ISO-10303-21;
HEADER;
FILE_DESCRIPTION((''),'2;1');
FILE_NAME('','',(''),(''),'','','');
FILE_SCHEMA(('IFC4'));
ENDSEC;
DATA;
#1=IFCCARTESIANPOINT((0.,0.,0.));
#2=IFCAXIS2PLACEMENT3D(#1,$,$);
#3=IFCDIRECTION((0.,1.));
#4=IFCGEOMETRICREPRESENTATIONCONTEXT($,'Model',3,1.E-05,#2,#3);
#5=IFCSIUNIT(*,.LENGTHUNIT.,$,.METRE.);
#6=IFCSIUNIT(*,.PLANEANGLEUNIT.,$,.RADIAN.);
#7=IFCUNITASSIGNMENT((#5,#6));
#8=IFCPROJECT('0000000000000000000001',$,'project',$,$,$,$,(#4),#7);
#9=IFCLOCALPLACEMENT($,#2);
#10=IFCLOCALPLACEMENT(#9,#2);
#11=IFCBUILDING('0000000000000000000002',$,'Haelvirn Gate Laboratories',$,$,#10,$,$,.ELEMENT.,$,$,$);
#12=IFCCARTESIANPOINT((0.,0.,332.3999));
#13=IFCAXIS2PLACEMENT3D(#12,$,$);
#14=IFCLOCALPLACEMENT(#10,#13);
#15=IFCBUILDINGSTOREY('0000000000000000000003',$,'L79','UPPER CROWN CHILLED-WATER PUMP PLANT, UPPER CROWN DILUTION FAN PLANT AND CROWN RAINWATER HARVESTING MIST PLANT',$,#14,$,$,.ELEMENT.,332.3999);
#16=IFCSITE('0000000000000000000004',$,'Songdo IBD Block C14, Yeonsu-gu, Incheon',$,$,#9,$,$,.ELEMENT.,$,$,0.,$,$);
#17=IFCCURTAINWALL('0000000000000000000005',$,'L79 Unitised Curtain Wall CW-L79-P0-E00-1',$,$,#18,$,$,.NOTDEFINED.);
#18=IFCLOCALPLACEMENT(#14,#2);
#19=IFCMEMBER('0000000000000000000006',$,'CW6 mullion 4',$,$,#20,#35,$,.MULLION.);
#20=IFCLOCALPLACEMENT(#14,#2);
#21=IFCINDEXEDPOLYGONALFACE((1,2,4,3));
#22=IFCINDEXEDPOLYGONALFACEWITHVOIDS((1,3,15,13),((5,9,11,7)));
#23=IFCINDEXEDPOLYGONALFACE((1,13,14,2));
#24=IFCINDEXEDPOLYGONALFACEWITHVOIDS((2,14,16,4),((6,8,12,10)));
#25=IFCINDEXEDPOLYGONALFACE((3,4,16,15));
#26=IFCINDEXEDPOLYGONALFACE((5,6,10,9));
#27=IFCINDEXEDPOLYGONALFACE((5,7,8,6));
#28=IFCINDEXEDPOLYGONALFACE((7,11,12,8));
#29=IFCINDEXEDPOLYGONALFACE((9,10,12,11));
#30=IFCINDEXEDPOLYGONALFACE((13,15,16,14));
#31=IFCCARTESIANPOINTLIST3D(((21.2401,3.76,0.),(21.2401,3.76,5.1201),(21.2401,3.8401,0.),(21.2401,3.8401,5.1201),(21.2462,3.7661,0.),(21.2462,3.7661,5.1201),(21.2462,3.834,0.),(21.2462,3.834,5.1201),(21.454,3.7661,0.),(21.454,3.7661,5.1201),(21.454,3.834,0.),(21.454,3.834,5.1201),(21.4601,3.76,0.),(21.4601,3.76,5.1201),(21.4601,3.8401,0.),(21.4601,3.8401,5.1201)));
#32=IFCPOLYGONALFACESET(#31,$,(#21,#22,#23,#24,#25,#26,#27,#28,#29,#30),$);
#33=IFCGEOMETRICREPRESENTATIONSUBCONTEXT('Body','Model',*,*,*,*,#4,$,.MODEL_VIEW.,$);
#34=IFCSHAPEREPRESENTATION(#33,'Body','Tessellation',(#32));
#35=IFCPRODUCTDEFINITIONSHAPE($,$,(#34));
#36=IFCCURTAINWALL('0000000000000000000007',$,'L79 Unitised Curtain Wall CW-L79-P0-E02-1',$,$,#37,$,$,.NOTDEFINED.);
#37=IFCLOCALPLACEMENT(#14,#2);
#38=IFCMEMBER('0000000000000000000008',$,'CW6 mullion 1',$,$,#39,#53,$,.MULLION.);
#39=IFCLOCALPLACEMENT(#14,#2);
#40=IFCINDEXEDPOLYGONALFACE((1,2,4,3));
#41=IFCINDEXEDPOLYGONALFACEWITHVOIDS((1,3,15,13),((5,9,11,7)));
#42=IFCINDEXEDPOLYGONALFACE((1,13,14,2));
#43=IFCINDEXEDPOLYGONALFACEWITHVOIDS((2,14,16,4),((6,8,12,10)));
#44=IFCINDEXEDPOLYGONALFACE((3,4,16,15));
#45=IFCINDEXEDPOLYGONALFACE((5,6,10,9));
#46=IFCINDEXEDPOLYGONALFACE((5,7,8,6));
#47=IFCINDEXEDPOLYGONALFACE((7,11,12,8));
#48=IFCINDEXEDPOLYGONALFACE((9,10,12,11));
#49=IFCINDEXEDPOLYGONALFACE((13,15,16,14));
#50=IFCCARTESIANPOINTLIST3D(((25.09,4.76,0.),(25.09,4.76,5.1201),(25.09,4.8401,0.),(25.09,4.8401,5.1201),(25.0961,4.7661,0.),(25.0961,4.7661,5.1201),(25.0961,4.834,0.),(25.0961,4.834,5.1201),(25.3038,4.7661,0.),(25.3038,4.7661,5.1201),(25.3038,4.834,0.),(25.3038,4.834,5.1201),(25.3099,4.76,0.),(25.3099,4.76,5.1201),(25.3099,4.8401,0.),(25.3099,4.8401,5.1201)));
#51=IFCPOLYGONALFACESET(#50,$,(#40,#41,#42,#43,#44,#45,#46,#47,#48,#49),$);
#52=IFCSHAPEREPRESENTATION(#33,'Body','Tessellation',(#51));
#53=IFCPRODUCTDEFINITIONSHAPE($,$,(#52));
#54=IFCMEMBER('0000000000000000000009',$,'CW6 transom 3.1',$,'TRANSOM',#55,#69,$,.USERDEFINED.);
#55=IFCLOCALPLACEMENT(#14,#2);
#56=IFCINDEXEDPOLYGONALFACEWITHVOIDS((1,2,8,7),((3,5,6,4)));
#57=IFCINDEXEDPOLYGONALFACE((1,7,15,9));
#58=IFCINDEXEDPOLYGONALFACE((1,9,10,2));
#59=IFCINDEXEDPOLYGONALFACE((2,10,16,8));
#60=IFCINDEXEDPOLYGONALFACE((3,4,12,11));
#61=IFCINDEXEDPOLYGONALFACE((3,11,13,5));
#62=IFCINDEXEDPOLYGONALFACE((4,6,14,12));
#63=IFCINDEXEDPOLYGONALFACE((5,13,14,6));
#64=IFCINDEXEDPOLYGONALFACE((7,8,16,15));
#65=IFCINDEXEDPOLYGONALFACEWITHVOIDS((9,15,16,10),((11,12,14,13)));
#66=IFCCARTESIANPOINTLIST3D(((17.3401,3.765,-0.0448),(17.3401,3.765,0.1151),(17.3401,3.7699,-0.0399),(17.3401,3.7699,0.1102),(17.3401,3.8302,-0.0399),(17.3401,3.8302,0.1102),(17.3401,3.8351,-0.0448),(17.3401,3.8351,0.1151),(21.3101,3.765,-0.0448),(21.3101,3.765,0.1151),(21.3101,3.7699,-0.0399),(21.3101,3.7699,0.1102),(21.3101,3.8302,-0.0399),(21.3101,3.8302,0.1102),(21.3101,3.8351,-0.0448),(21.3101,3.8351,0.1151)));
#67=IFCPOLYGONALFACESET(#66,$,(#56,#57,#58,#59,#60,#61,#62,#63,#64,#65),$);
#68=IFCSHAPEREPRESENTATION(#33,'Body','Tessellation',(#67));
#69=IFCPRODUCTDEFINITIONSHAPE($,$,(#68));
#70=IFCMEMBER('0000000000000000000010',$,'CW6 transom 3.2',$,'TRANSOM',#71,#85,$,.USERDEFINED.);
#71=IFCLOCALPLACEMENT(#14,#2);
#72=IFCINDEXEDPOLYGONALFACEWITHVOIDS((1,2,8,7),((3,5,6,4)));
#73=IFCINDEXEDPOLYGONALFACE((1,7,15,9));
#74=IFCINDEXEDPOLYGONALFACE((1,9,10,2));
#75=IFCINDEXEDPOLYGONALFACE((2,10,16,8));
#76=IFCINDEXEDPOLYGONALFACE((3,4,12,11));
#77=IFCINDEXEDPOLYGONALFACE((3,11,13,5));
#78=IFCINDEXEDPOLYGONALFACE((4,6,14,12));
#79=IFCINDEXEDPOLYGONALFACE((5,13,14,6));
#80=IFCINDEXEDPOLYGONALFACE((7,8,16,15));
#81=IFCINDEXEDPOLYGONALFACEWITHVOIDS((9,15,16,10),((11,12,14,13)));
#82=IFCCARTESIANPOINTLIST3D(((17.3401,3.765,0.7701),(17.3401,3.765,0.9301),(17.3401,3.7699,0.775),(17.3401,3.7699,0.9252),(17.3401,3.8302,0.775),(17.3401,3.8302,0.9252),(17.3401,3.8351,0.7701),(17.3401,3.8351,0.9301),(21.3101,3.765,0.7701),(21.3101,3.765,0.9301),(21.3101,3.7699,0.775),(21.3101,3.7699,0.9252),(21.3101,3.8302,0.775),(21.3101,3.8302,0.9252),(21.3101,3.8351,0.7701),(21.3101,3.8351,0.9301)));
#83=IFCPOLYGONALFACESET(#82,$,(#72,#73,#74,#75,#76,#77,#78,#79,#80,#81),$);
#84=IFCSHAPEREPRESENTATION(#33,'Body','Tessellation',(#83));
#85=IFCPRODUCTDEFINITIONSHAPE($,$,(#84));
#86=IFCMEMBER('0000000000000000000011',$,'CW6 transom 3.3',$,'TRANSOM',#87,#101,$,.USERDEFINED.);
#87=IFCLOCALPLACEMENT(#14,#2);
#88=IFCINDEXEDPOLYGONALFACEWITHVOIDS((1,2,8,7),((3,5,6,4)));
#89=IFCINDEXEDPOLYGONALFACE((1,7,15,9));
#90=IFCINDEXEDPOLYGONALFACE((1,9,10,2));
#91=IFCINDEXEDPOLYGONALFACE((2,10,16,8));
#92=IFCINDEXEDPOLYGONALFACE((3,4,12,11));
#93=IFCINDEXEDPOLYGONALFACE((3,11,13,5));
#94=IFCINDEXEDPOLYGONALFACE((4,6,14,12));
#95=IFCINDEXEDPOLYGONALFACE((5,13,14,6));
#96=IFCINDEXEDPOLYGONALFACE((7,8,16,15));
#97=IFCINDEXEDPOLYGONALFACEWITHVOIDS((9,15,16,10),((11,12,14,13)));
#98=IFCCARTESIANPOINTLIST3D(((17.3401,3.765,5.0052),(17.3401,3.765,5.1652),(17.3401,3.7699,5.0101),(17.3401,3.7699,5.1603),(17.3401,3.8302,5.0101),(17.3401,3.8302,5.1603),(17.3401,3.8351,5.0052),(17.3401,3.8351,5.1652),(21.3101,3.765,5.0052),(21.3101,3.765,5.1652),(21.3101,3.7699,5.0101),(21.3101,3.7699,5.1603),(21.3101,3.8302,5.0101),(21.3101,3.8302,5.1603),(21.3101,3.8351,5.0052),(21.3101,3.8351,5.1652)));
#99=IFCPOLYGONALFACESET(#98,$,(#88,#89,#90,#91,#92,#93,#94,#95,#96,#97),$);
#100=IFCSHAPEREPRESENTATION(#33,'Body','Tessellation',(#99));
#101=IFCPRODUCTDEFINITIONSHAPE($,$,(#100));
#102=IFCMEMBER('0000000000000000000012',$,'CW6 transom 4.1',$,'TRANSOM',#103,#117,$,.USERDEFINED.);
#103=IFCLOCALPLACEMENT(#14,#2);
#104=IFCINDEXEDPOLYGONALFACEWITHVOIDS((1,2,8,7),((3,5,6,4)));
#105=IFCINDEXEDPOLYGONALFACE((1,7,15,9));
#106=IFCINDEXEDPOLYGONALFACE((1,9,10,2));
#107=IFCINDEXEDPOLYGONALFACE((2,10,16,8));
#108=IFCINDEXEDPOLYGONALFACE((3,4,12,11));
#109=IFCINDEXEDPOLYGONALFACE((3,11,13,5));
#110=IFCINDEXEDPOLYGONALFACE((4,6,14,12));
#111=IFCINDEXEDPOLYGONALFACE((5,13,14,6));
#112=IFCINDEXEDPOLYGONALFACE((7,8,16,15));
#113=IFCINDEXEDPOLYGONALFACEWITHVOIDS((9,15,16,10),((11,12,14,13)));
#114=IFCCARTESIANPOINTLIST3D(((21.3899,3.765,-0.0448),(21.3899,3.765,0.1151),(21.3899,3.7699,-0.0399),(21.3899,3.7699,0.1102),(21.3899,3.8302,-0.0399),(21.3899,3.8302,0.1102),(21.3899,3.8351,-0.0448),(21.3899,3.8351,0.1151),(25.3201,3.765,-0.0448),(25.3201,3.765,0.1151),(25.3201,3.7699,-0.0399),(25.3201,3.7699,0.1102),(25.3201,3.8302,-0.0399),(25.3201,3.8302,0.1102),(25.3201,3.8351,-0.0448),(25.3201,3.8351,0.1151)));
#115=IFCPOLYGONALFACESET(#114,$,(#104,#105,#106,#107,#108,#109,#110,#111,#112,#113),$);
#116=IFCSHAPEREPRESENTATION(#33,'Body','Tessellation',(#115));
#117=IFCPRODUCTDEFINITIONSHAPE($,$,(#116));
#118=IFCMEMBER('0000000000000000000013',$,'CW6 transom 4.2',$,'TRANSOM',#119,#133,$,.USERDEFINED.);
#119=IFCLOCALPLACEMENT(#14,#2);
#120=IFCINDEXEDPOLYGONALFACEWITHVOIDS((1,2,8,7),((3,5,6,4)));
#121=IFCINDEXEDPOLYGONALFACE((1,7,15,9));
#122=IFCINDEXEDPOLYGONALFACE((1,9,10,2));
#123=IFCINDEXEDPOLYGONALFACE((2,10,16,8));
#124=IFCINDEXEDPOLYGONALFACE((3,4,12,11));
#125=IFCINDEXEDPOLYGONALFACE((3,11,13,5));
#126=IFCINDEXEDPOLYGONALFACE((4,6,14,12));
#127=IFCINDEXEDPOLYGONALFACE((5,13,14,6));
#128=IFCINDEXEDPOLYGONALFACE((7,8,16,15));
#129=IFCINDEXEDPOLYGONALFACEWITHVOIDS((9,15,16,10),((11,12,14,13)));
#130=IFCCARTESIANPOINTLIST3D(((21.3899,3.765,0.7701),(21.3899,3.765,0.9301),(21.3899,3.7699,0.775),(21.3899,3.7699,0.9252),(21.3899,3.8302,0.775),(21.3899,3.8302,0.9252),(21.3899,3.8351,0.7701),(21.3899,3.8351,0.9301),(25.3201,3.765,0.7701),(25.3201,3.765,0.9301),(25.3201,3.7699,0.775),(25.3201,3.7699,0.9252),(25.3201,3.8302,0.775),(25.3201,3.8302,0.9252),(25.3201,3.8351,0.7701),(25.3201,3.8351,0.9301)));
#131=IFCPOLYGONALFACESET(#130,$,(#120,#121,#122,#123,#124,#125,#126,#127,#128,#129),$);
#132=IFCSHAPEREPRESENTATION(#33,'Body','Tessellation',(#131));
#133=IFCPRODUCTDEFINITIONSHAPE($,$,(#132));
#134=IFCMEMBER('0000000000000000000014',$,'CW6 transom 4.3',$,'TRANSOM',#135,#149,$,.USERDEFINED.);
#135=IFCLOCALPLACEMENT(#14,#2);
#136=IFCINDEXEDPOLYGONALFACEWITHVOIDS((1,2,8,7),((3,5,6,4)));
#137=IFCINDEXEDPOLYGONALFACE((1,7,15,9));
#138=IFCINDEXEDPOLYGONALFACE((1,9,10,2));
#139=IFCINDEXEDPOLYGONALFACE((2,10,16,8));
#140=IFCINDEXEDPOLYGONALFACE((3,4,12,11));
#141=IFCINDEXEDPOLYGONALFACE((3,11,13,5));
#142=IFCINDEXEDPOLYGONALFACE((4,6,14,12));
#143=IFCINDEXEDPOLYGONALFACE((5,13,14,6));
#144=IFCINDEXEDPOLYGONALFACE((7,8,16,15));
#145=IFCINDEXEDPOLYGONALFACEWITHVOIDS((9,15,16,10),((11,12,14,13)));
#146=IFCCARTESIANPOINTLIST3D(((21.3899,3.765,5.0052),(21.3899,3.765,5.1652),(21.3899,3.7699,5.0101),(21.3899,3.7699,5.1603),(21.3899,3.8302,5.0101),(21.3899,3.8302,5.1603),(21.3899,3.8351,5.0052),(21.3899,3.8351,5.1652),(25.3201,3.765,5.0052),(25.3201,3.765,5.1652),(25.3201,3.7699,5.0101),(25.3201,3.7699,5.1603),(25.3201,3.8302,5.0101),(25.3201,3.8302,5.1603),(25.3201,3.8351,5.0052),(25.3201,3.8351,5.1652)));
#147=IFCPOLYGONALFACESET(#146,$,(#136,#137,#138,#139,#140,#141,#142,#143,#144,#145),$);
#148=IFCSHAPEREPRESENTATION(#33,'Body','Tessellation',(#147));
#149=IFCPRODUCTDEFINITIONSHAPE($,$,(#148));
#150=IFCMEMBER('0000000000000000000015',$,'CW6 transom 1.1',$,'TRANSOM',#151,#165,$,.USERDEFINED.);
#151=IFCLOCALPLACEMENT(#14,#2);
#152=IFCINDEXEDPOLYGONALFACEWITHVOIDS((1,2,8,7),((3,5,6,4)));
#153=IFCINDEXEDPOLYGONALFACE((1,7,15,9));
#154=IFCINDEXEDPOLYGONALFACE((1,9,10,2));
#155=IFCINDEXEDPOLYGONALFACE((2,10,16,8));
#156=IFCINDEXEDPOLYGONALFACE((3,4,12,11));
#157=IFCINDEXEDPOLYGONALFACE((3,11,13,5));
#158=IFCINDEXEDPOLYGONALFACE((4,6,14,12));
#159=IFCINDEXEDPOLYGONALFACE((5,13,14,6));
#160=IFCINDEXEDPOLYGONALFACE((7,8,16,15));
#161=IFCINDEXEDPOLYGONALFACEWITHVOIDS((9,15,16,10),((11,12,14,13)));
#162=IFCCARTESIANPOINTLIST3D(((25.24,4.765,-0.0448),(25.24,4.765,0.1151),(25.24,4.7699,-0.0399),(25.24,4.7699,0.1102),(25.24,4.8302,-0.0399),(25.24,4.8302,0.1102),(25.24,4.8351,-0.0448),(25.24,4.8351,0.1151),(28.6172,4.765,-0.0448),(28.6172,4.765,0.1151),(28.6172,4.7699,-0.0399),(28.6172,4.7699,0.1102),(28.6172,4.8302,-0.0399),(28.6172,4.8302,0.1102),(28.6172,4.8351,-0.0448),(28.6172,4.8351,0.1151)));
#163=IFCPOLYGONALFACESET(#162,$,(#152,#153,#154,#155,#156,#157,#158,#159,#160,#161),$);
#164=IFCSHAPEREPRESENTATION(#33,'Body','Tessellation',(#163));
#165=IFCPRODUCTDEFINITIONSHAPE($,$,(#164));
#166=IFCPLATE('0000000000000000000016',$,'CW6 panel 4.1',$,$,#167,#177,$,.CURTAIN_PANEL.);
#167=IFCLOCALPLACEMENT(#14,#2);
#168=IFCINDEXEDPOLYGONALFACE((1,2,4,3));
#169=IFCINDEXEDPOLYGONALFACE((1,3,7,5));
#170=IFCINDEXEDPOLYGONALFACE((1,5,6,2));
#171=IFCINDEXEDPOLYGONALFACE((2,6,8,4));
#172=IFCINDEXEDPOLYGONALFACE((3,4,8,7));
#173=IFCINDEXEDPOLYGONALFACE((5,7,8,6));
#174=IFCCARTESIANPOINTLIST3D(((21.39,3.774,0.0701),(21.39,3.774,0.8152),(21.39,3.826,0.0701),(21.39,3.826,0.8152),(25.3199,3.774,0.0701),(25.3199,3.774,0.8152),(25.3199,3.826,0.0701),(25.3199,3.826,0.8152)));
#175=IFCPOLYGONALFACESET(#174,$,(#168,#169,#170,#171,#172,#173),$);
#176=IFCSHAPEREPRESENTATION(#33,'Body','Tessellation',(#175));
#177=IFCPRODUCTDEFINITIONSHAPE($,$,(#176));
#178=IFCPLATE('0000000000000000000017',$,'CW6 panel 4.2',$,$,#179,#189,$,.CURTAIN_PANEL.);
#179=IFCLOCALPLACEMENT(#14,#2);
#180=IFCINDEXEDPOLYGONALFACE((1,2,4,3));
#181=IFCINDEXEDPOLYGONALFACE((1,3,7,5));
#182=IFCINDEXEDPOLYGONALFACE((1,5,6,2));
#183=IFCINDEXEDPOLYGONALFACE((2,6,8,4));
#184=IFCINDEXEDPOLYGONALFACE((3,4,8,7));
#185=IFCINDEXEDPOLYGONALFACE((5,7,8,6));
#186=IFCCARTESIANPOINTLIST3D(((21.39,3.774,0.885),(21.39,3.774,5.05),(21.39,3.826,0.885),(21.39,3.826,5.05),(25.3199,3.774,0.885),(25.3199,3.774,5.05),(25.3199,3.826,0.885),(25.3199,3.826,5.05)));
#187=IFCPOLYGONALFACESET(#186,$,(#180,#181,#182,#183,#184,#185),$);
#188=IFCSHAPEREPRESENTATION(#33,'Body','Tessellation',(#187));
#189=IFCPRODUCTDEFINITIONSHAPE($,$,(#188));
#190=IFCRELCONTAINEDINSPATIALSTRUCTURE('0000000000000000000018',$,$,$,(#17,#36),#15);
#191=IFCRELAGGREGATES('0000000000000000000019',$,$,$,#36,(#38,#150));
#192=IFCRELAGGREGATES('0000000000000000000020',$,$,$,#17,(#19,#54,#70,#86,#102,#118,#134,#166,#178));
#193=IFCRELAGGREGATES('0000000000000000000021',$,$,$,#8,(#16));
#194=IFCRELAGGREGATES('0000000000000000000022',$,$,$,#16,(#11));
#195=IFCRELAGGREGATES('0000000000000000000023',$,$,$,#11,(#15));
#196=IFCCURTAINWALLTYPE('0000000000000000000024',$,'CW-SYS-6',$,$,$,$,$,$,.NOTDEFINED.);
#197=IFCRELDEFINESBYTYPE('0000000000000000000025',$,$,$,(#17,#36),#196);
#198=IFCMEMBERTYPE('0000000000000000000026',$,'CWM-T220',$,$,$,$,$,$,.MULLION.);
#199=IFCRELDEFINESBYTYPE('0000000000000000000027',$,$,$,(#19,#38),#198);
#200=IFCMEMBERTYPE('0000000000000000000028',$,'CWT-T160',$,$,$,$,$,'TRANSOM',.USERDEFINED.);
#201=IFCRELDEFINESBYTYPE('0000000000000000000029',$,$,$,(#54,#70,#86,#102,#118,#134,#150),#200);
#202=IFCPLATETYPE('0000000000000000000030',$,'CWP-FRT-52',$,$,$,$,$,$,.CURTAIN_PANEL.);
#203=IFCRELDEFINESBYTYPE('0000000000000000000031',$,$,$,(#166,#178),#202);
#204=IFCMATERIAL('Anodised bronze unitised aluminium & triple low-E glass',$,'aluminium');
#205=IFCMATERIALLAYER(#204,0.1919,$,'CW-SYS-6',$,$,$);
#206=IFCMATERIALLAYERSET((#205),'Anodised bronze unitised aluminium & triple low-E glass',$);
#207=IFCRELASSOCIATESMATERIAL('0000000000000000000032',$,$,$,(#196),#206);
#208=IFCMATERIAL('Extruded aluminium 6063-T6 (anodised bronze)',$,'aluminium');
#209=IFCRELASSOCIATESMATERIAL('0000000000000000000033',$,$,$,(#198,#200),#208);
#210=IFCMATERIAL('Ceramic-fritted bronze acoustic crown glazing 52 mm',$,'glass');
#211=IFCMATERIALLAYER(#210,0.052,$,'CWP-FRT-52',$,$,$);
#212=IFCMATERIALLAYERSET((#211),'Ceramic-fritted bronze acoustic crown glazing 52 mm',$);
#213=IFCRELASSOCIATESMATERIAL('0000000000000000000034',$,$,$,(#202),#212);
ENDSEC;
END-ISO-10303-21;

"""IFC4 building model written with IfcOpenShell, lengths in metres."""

from ifc_helpers import new_model, si_unit, direction, frame, origin, origin_2d, place, context, subcontext, project, spatial, rectangle, hollow_rectangle, extrude, source, transform, mapped, material, layer, layer_set, material_profile, profile_set, type_object, type_shapes, element, aggregate, save


model = new_model("IFC4")

# Units and contexts
model_context = context("Model", 3, precision=1e-05, world=origin(), true_north=direction((0.0, 1.0)))
body_context = subcontext(model_context, "Body", "Model", "MODEL_VIEW")
ifc_project = project(units=[si_unit("LENGTHUNIT", "METRE"), si_unit("PLANEANGLEUNIT", "RADIAN")], contexts=[model_context])

# Site, building, storey
site_placement = place(None, origin())
site = spatial("IfcSite", under=ifc_project, at=site_placement, Name="Songdo IBD Block C14, Yeonsu-gu, Incheon", CompositionType="ELEMENT", RefElevation=0.0)
building_placement = place(site_placement, origin())
building = spatial("IfcBuilding", under=site, at=building_placement, Name="Haelvirn Gate Laboratories", CompositionType="ELEMENT")
storey_placement = place(building_placement, frame((0.0, 0.0, 332.3999)))
storey = spatial("IfcBuildingStorey", under=building, at=storey_placement, Name="L79", Description="UPPER CROWN CHILLED-WATER PUMP PLANT, UPPER CROWN DILUTION FAN PLANT AND CROWN RAINWATER HARVESTING MIST PLANT", CompositionType="ELEMENT", Elevation=332.3999)

# Curtain wall, member
ifc_material_1 = material(Name="Anodised bronze unitised aluminium & triple low-E glass", Category="aluminium")
ifc_layer_1 = layer(ifc_material_1, 0.1919, Name="CW-SYS-6")
ifc_layer_set_1 = layer_set([ifc_layer_1], Name="Anodised bronze unitised aluminium & triple low-E glass")
curtain_wall_type = type_object("IfcCurtainWallType", Name="CW-SYS-6", PredefinedType="NOTDEFINED", material=ifc_layer_set_1)
curtain_wall_1_placement = place(storey_placement, origin())
curtain_wall_1 = element("IfcCurtainWall", 1, at=curtain_wall_1_placement, inside=storey, type_object=curtain_wall_type, Name="L79 Unitised Curtain Wall CW-L79-P0-E00-1", PredefinedType="NOTDEFINED")
ifc_material_2 = material(Name="Extruded aluminium 6063-T6 (anodised bronze)", Category="aluminium")
ifc_material_profile_1 = material_profile(ifc_material_2, hollow_rectangle(XDim=0.0801, YDim=0.22, WallThickness=0.0061, at=origin_2d()), Name="CWM-220x80x6")
ifc_profile_set_1 = profile_set([ifc_material_profile_1], Name="Extruded aluminium 6063-T6 (anodised bronze)")
member_type_1 = type_object("IfcMemberType", Name="CWM-T220", PredefinedType="MULLION", material=ifc_profile_set_1)
shared_shape_1 = source(origin(), body_context, "Body", "SweptSolid", [
    extrude(hollow_rectangle(XDim=0.0801, YDim=0.22, WallThickness=0.0061, at=origin_2d()), origin(), (0.0, 0.0, 1.0), 5.1201),
])
type_shapes(member_type_1, [shared_shape_1])
member_1_placement = place(storey_placement, frame((21.3501, 3.8, 0.0), z_axis=(0.0, 0.0, 1.0), x_axis=(0.0, 1.0, 0.0)))
member_1 = element("IfcMember", 2, at=member_1_placement, type_object=member_type_1, Name="CW6 mullion 4", PredefinedType="MULLION", context=body_context, shape_type="MappedRepresentation", body=[
    mapped(shared_shape_1, transform((0.0, 0.0, 0.0), scale=1.0)),
])

# Curtain wall, member
curtain_wall_2_placement = place(storey_placement, origin())
curtain_wall_2 = element("IfcCurtainWall", 3, at=curtain_wall_2_placement, inside=storey, type_object=curtain_wall_type, Name="L79 Unitised Curtain Wall CW-L79-P0-E02-1", PredefinedType="NOTDEFINED")
member_2_placement = place(storey_placement, frame((25.2, 4.8, 0.0), z_axis=(0.0, 0.0, 1.0), x_axis=(0.0, 1.0, 0.0)))
member_2 = element("IfcMember", 4, at=member_2_placement, type_object=member_type_1, Name="CW6 mullion 1", PredefinedType="MULLION", context=body_context, shape_type="MappedRepresentation", body=[
    mapped(shared_shape_1, transform((0.0, 0.0, 0.0), scale=1.0)),
])

# Members
ifc_material_profile_2 = material_profile(ifc_material_2, hollow_rectangle(XDim=0.0701, YDim=0.1599, WallThickness=0.0049, at=origin_2d()), Name="CWT-160x70x5")
ifc_profile_set_2 = profile_set([ifc_material_profile_2], Name="Extruded aluminium 6063-T6 (anodised bronze)")
member_type_2 = type_object("IfcMemberType", Name="CWT-T160", ElementType="TRANSOM", PredefinedType="USERDEFINED", material=ifc_profile_set_2)
shared_shape_2 = source(origin(), body_context, "Body", "SweptSolid", [
    extrude(hollow_rectangle(XDim=0.0701, YDim=0.1599, WallThickness=0.0049, at=origin_2d()), origin(), (0.0, 0.0, 1.0), 3.97),
])
member_3_placement = place(storey_placement, frame((17.3401, 3.8, 0.0352), z_axis=(1.0, 0.0, 0.0), x_axis=(0.0, 1.0, 0.0)))
member_3 = element("IfcMember", 5, at=member_3_placement, type_object=member_type_2, Name="CW6 transom 3.1", ObjectType="TRANSOM", PredefinedType="USERDEFINED", context=body_context, shape_type="MappedRepresentation", body=[
    mapped(shared_shape_2, transform((0.0, 0.0, 0.0), scale=1.0)),
])
member_4_placement = place(storey_placement, frame((17.3401, 3.8, 0.8501), z_axis=(1.0, 0.0, 0.0), x_axis=(0.0, 1.0, 0.0)))
member_4 = element("IfcMember", 6, at=member_4_placement, type_object=member_type_2, Name="CW6 transom 3.2", ObjectType="TRANSOM", PredefinedType="USERDEFINED", context=body_context, shape_type="MappedRepresentation", body=[
    mapped(shared_shape_2, transform((0.0, 0.0, 0.0), scale=1.0)),
])
member_5_placement = place(storey_placement, frame((17.3401, 3.8, 5.0852), z_axis=(1.0, 0.0, 0.0), x_axis=(0.0, 1.0, 0.0)))
member_5 = element("IfcMember", 7, at=member_5_placement, type_object=member_type_2, Name="CW6 transom 3.3", ObjectType="TRANSOM", PredefinedType="USERDEFINED", context=body_context, shape_type="MappedRepresentation", body=[
    mapped(shared_shape_2, transform((0.0, 0.0, 0.0), scale=1.0)),
])
shared_shape_3 = source(origin(), body_context, "Body", "SweptSolid", [
    extrude(hollow_rectangle(XDim=0.0701, YDim=0.1599, WallThickness=0.0049, at=origin_2d()), origin(), (0.0, 0.0, 1.0), 3.9302),
])
member_6_placement = place(storey_placement, frame((21.3899, 3.8, 0.0352), z_axis=(1.0, 0.0, 0.0), x_axis=(0.0, 1.0, 0.0)))
member_6 = element("IfcMember", 8, at=member_6_placement, type_object=member_type_2, Name="CW6 transom 4.1", ObjectType="TRANSOM", PredefinedType="USERDEFINED", context=body_context, shape_type="MappedRepresentation", body=[
    mapped(shared_shape_3, transform((0.0, 0.0, 0.0), scale=1.0)),
])
member_7_placement = place(storey_placement, frame((21.3899, 3.8, 0.8501), z_axis=(1.0, 0.0, 0.0), x_axis=(0.0, 1.0, 0.0)))
member_7 = element("IfcMember", 9, at=member_7_placement, type_object=member_type_2, Name="CW6 transom 4.2", ObjectType="TRANSOM", PredefinedType="USERDEFINED", context=body_context, shape_type="MappedRepresentation", body=[
    mapped(shared_shape_3, transform((0.0, 0.0, 0.0), scale=1.0)),
])
member_8_placement = place(storey_placement, frame((21.3899, 3.8, 5.0852), z_axis=(1.0, 0.0, 0.0), x_axis=(0.0, 1.0, 0.0)))
member_8 = element("IfcMember", 10, at=member_8_placement, type_object=member_type_2, Name="CW6 transom 4.3", ObjectType="TRANSOM", PredefinedType="USERDEFINED", context=body_context, shape_type="MappedRepresentation", body=[
    mapped(shared_shape_3, transform((0.0, 0.0, 0.0), scale=1.0)),
])
shared_shape_4 = source(origin(), body_context, "Body", "SweptSolid", [
    extrude(hollow_rectangle(XDim=0.0701, YDim=0.1599, WallThickness=0.0049, at=origin_2d()), origin(), (0.0, 0.0, 1.0), 3.3772),
])
type_shapes(member_type_2, [shared_shape_2, shared_shape_3, shared_shape_4])
member_9_placement = place(storey_placement, frame((25.24, 4.8, 0.0352), z_axis=(1.0, 0.0, 0.0), x_axis=(0.0, 1.0, 0.0)))
member_9 = element("IfcMember", 11, at=member_9_placement, type_object=member_type_2, Name="CW6 transom 1.1", ObjectType="TRANSOM", PredefinedType="USERDEFINED", context=body_context, shape_type="MappedRepresentation", body=[
    mapped(shared_shape_4, transform((0.0, 0.0, 0.0), scale=1.0)),
])
aggregate(curtain_wall_2, [member_2, member_9])

# Plates
ifc_material_3 = material(Name="Ceramic-fritted bronze acoustic crown glazing 52 mm", Category="glass")
ifc_layer_2 = layer(ifc_material_3, 0.052, Name="CWP-FRT-52")
ifc_layer_set_2 = layer_set([ifc_layer_2], Name="Ceramic-fritted bronze acoustic crown glazing 52 mm")
plate_type = type_object("IfcPlateType", Name="CWP-FRT-52", PredefinedType="CURTAIN_PANEL", material=ifc_layer_set_2)
shared_shape_5 = source(origin(), body_context, "Body", "SweptSolid", [
    extrude(rectangle(XDim=3.9299, YDim=0.052, at=origin_2d()), origin(), (0.0, 0.0, 1.0), 0.7451),
])
plate_1_placement = place(storey_placement, frame((23.355, 3.8, 0.0701), z_axis=(0.0, 0.0, 1.0), x_axis=(1.0, 0.0, 0.0)))
plate_1 = element("IfcPlate", 12, at=plate_1_placement, type_object=plate_type, Name="CW6 panel 4.1", PredefinedType="CURTAIN_PANEL", context=body_context, shape_type="MappedRepresentation", body=[
    mapped(shared_shape_5, transform((0.0, 0.0, 0.0), scale=1.0)),
])
shared_shape_6 = source(origin(), body_context, "Body", "SweptSolid", [
    extrude(rectangle(XDim=3.9299, YDim=0.052, at=origin_2d()), origin(), (0.0, 0.0, 1.0), 4.165),
])
plate_2_placement = place(storey_placement, frame((23.355, 3.8, 0.885), z_axis=(0.0, 0.0, 1.0), x_axis=(1.0, 0.0, 0.0)))
plate_2 = element("IfcPlate", 13, at=plate_2_placement, type_object=plate_type, Name="CW6 panel 4.2", PredefinedType="CURTAIN_PANEL", context=body_context, shape_type="MappedRepresentation", body=[
    mapped(shared_shape_6, transform((0.0, 0.0, 0.0), scale=1.0)),
])
aggregate(curtain_wall_1, [member_1, member_3, member_4, member_5, member_6, member_7, member_8, plate_1, plate_2])

save(model, "model.ifc")
